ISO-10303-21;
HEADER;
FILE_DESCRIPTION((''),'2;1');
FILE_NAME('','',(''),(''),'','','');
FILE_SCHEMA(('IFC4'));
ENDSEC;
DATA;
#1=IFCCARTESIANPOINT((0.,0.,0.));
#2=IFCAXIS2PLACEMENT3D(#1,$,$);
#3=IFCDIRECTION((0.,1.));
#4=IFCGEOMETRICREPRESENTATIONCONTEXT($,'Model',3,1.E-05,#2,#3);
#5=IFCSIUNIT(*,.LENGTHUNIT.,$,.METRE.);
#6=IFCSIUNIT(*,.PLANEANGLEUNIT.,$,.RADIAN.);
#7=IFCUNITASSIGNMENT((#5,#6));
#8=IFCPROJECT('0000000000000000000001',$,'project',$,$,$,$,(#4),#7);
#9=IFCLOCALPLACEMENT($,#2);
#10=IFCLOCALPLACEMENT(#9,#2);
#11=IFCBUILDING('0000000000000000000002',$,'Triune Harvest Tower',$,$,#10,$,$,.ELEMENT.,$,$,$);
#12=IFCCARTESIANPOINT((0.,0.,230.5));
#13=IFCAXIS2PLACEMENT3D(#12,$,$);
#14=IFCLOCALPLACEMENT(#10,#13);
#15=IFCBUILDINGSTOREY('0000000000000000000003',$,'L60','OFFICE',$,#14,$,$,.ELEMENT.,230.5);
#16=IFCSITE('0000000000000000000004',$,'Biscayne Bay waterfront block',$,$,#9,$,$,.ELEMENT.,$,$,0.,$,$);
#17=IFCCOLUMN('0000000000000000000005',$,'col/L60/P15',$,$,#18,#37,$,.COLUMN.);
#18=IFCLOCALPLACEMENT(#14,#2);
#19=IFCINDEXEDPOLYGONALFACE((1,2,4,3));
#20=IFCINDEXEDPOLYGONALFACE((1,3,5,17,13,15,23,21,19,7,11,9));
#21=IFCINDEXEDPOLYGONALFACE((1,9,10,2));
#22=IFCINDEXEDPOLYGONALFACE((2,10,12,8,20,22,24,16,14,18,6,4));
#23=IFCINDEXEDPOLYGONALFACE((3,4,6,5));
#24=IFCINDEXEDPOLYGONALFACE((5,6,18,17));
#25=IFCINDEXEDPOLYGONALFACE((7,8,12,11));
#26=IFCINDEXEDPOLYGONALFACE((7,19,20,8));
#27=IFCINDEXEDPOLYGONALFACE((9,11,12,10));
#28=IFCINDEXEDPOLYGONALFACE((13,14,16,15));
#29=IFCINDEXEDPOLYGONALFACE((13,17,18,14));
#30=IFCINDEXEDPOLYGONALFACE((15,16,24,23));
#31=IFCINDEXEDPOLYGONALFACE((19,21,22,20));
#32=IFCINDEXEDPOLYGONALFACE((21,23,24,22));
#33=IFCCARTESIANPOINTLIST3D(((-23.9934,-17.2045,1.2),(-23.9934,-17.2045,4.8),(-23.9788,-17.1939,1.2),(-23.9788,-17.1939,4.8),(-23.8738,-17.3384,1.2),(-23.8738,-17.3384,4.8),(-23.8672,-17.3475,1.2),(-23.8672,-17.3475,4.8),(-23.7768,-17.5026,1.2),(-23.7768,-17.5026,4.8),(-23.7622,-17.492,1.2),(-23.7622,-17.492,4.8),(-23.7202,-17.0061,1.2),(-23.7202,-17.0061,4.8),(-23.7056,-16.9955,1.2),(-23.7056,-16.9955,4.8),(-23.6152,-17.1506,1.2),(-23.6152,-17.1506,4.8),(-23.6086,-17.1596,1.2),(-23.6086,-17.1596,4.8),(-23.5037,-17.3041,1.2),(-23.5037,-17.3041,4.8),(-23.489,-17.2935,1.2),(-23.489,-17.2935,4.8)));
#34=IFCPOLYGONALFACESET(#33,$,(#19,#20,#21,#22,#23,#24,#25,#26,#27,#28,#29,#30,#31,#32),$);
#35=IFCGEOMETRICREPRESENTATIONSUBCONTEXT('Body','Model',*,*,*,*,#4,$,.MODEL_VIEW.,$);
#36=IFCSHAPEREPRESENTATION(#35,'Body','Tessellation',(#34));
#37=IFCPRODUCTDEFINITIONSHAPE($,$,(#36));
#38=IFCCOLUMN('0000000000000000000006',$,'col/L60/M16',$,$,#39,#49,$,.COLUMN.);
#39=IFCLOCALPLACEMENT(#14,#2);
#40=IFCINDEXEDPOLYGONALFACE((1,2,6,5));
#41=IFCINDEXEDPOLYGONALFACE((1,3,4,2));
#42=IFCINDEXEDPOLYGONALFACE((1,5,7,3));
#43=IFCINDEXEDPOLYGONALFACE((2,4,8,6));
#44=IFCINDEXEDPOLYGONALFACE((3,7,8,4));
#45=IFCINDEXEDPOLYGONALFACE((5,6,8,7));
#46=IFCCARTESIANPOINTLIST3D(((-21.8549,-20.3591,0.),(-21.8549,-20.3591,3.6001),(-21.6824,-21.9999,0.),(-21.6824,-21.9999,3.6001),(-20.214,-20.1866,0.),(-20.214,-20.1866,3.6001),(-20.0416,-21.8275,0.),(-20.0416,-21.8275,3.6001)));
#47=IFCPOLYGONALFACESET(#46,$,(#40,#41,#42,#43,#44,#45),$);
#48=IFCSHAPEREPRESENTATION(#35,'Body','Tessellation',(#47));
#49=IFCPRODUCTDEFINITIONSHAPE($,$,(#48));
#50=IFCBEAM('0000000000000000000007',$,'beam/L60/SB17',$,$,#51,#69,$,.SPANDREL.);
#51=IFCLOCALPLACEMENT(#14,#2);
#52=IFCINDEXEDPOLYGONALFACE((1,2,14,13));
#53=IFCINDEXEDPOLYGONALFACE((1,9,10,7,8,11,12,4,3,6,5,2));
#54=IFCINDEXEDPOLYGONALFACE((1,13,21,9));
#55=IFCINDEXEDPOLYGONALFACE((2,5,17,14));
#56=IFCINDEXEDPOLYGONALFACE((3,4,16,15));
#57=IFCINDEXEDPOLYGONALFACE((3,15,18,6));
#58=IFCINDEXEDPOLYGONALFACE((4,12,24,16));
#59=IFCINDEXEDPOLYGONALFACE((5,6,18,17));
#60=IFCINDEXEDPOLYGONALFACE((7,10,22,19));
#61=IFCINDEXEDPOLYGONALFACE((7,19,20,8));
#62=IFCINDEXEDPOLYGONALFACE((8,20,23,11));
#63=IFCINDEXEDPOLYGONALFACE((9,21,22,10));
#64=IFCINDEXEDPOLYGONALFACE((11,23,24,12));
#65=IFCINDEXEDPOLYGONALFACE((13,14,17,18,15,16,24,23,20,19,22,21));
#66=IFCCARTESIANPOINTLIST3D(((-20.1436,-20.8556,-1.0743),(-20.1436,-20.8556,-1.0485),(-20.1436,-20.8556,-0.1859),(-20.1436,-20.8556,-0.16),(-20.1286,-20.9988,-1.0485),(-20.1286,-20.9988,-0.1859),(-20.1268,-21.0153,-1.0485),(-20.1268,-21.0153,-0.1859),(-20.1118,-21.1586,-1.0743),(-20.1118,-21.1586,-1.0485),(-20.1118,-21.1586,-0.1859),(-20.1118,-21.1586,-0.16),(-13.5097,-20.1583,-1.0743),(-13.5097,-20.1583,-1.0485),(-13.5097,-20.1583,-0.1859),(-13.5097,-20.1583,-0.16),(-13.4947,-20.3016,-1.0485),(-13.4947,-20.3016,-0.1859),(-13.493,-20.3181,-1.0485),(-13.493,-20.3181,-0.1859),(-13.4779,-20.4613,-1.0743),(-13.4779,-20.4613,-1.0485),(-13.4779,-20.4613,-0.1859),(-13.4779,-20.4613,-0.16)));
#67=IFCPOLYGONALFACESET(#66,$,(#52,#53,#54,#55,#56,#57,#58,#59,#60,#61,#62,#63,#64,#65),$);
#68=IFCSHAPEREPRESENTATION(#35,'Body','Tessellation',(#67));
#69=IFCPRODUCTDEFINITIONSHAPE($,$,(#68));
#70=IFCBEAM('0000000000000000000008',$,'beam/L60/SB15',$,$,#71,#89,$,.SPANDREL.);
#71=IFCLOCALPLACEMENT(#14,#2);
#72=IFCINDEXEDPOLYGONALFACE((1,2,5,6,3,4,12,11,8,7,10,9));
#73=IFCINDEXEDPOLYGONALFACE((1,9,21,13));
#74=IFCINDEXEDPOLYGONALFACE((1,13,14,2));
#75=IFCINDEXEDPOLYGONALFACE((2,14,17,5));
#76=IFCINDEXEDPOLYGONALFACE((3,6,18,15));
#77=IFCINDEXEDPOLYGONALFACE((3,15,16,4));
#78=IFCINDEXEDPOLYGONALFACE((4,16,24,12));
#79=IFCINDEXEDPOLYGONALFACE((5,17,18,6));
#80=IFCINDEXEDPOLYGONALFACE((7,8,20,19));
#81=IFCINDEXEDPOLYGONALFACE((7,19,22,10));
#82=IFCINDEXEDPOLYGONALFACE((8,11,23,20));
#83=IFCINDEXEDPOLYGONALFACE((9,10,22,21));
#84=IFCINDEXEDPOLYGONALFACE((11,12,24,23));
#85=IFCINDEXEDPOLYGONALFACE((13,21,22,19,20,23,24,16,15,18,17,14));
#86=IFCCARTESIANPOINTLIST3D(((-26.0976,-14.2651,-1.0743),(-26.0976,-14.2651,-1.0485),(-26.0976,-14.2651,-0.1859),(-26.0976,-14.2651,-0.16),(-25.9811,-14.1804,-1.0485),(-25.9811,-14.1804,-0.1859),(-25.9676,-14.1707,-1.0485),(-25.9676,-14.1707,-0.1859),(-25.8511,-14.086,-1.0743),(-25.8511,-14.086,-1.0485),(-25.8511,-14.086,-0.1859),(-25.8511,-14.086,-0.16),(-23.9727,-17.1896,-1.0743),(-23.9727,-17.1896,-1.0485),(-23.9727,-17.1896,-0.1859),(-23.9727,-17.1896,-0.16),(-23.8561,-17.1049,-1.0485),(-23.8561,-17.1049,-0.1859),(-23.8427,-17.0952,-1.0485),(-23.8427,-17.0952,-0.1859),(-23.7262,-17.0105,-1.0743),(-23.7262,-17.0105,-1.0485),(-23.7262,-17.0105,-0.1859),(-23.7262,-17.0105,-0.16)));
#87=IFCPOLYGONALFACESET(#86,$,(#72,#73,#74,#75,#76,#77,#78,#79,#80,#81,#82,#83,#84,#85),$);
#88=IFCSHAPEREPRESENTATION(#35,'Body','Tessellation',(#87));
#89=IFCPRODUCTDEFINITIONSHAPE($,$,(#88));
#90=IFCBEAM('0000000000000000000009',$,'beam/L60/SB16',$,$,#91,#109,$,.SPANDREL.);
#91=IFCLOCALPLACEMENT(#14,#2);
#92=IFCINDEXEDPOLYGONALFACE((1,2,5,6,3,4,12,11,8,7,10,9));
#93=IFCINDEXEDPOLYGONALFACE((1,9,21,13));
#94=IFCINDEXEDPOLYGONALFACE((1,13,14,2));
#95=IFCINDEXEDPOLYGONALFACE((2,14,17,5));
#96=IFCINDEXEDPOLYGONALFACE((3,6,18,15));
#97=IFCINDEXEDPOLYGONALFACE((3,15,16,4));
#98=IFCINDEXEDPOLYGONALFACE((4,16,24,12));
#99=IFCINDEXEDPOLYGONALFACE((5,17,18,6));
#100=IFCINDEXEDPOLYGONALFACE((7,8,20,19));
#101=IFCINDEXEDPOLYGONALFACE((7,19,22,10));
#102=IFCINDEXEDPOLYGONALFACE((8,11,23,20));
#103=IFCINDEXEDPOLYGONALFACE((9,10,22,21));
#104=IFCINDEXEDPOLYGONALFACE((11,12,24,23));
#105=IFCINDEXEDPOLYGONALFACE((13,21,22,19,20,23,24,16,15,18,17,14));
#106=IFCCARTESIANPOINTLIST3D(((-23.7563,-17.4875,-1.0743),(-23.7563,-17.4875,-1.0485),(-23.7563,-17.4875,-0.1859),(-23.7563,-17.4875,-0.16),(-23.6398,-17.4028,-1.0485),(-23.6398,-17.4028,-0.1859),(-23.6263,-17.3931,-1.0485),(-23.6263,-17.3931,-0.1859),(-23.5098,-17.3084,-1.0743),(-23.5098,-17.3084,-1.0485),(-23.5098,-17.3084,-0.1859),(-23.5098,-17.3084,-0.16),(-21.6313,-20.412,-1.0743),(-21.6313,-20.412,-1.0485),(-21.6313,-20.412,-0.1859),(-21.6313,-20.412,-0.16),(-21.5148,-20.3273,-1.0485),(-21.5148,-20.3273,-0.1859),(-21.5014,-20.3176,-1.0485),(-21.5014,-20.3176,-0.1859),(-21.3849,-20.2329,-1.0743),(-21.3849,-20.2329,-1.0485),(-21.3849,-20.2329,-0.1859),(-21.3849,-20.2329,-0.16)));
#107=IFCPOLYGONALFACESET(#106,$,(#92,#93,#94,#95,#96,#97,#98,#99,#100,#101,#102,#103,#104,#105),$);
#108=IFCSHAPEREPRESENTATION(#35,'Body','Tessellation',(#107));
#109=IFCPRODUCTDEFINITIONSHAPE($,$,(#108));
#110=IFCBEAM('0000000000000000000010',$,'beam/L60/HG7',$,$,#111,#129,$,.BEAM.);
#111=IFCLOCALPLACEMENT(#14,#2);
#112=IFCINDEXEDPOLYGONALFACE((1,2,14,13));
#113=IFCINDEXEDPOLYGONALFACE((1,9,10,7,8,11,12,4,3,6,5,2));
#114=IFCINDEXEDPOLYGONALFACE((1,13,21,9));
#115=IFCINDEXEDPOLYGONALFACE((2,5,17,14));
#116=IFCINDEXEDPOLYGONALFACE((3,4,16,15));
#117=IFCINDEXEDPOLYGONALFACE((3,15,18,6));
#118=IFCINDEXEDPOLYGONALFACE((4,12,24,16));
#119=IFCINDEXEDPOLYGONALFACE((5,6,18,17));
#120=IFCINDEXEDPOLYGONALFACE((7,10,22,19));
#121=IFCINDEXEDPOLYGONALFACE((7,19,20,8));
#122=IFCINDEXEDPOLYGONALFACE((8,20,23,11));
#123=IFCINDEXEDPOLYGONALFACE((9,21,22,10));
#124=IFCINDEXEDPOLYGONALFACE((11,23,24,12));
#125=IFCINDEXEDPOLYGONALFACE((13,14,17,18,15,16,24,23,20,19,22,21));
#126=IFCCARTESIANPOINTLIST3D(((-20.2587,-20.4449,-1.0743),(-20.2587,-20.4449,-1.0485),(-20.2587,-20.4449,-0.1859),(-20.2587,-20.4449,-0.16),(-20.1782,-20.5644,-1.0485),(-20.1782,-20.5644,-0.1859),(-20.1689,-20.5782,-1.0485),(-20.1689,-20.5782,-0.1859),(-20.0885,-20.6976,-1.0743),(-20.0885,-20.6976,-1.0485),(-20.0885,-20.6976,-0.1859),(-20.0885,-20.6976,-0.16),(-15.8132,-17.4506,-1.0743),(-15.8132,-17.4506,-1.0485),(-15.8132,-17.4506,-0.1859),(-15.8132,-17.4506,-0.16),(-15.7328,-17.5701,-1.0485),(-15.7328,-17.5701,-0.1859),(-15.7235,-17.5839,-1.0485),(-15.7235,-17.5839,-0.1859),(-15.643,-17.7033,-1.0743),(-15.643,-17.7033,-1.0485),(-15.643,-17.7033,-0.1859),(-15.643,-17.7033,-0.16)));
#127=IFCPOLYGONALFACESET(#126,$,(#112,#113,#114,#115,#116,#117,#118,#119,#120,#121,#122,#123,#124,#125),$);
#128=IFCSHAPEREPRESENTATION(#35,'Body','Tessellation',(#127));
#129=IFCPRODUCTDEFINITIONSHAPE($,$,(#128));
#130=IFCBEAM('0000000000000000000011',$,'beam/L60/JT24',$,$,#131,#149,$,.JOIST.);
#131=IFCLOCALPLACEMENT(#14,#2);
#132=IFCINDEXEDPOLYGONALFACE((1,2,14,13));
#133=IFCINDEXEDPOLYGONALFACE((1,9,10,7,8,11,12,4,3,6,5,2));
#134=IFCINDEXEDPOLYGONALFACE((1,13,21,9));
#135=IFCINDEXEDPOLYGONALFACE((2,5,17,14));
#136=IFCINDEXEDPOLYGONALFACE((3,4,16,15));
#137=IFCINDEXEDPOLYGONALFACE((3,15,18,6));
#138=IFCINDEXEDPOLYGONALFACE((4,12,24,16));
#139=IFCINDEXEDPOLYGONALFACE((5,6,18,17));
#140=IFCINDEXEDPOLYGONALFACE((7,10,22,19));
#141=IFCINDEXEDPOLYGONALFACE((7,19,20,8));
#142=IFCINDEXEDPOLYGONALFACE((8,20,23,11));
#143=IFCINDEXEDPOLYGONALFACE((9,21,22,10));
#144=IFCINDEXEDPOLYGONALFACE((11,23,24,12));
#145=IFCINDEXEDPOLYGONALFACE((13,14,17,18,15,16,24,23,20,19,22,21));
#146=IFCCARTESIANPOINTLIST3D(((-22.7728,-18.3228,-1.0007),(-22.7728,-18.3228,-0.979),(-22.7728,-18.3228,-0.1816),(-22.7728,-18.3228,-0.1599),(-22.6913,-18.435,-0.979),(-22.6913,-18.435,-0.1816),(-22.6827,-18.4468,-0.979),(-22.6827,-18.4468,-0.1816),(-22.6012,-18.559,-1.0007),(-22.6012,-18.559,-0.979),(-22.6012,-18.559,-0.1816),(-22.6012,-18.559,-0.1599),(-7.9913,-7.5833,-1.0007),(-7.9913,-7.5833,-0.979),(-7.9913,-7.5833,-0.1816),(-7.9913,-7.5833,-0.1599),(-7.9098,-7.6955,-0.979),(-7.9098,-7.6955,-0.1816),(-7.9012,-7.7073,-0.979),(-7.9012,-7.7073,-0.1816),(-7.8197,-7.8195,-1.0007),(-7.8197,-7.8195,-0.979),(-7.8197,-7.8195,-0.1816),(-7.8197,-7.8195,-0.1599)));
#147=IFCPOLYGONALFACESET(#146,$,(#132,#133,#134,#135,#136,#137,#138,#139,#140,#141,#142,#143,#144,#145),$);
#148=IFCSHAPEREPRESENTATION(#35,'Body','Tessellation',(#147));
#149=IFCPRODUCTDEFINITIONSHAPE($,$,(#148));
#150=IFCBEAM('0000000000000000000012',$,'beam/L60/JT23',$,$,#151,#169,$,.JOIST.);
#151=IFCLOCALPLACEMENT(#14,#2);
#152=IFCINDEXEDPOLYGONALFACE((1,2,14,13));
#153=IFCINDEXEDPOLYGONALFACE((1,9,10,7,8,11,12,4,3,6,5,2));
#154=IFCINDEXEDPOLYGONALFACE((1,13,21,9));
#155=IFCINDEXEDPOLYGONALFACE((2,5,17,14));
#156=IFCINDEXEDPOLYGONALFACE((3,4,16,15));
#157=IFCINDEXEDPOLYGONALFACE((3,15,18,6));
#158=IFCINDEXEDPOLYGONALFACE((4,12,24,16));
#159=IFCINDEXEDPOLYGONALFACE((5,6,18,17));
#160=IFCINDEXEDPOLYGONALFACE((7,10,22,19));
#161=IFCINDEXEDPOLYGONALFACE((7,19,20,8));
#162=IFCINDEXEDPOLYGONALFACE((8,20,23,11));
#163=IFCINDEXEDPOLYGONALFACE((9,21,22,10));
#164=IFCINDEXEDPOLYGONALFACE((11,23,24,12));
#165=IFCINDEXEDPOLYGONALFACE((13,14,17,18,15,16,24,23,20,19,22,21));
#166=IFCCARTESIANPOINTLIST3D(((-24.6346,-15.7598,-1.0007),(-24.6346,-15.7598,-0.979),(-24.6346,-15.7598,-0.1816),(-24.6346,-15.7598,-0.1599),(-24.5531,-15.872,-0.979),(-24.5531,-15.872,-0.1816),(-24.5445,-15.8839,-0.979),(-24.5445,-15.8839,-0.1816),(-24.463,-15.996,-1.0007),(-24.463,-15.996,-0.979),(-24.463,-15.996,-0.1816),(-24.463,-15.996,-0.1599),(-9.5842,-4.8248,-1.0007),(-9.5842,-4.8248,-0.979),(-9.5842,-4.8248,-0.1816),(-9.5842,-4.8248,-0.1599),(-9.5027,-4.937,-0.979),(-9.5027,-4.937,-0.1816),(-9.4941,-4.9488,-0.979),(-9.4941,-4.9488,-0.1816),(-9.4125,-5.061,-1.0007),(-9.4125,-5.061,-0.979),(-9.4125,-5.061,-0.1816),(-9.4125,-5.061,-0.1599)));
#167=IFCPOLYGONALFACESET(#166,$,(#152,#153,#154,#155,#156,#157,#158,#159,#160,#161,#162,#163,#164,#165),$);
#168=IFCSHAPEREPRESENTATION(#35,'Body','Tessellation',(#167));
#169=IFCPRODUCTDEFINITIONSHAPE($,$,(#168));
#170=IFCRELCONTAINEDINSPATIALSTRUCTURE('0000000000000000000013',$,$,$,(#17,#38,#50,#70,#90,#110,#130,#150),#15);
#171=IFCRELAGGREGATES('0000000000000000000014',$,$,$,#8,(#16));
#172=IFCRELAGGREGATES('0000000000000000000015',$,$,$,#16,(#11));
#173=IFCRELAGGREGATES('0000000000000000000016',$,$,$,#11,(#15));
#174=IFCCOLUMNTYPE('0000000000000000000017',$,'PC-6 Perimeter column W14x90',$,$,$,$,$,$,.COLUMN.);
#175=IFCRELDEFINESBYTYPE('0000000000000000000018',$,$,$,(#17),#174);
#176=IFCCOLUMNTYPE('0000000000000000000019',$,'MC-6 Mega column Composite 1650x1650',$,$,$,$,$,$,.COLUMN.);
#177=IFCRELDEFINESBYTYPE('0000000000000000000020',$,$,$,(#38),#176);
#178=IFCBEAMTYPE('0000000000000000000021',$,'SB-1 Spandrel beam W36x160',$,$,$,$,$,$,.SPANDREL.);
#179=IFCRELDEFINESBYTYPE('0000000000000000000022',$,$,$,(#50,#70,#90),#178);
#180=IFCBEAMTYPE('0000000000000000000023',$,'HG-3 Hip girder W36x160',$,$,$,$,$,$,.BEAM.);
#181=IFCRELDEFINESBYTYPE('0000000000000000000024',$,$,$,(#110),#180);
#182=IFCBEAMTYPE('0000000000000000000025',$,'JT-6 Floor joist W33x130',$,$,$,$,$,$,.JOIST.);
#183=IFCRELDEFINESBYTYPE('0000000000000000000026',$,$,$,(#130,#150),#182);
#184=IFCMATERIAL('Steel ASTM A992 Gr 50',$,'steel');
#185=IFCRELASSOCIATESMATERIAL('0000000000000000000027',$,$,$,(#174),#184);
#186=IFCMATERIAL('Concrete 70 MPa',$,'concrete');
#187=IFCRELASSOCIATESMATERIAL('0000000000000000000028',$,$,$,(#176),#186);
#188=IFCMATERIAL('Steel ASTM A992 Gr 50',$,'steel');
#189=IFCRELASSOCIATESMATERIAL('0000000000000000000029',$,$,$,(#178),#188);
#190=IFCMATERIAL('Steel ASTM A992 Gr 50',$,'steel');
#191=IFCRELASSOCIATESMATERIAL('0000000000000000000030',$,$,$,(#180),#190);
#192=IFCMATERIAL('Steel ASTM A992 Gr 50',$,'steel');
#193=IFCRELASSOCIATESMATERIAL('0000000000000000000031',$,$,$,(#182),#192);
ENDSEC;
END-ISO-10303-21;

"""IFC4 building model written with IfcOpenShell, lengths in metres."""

from ifc_helpers import new_model, si_unit, direction, frame, origin, origin_2d, place, context, subcontext, project, spatial, rectangle, i_section, extrude, source, transform, mapped, material, material_profile, profile_set, type_object, element, save


model = new_model("IFC4")

# Units and contexts
model_context = context("Model", 3, precision=1e-05, world=origin(), true_north=direction((0.0, 1.0)))
body_context = subcontext(model_context, "Body", "Model", "MODEL_VIEW")
ifc_project = project(units=[si_unit("LENGTHUNIT", "METRE"), si_unit("PLANEANGLEUNIT", "RADIAN")], contexts=[model_context])

# Site, building, storey
site_placement = place(None, origin())
site = spatial("IfcSite", under=ifc_project, at=site_placement, Name="Biscayne Bay waterfront block", CompositionType="ELEMENT", RefElevation=0.0)
building_placement = place(site_placement, origin())
building = spatial("IfcBuilding", under=site, at=building_placement, Name="Triune Harvest Tower", CompositionType="ELEMENT")
storey_placement = place(building_placement, frame((0.0, 0.0, 230.5)))
storey = spatial("IfcBuildingStorey", under=building, at=storey_placement, Name="L60", Description="OFFICE", CompositionType="ELEMENT", Elevation=230.5)

# Columns
ifc_material_1 = material(Name="Steel ASTM A992 Gr 50", Category="steel")
ifc_material_profile_1 = material_profile(ifc_material_1, i_section(OverallWidth=0.3684, OverallDepth=0.3557, WebThickness=0.0112, FlangeThickness=0.0181, at=origin_2d()), Name="W14x90")
ifc_profile_set_1 = profile_set([ifc_material_profile_1], Name="Steel ASTM A992 Gr 50")
column_type_1 = type_object("IfcColumnType", Name="PC-6 Perimeter column W14x90", PredefinedType="COLUMN", material=ifc_profile_set_1)
shared_shape_1 = source(origin(), body_context, "Body", "SweptSolid", [
    extrude(i_section(OverallWidth=0.3684, OverallDepth=0.3557, WebThickness=0.0112, FlangeThickness=0.0181, at=origin_2d()), origin(), (0.0, 0.0, 1.0), 3.6001),
])
column_1_placement = place(storey_placement, frame((-23.7412, -17.249, 1.2), z_axis=(0.0, 0.0, 1.0), x_axis=(0.587785, -0.809017, 0.0)))
element("IfcColumn", 1, at=column_1_placement, inside=storey, type_object=column_type_1, Name="col/L60/P15", PredefinedType="COLUMN", context=body_context, shape_type="MappedRepresentation", body=[
    mapped(shared_shape_1, transform((0.0, 0.0, 0.0), scale=1.0)),
])
ifc_material_2 = material(Name="Concrete 70 MPa", Category="concrete")
ifc_material_profile_2 = material_profile(ifc_material_2, rectangle(XDim=1.6499, YDim=1.6499, at=origin_2d()), Name="Composite 1650x1650")
ifc_profile_set_2 = profile_set([ifc_material_profile_2], Name="Concrete 70 MPa")
column_type_2 = type_object("IfcColumnType", Name="MC-6 Mega column Composite 1650x1650", PredefinedType="COLUMN", material=ifc_profile_set_2)
shared_shape_2 = source(origin(), body_context, "Body", "SweptSolid", [
    extrude(rectangle(XDim=1.6499, YDim=1.6499, at=origin_2d()), origin(), (0.0, 0.0, 1.0), 3.6001),
])
column_2_placement = place(storey_placement, frame((-20.9482, -21.0933, 0.0), z_axis=(0.0, 0.0, 1.0), x_axis=(0.994522, 0.10453, 0.0)))
element("IfcColumn", 2, at=column_2_placement, inside=storey, type_object=column_type_2, Name="col/L60/M16", PredefinedType="COLUMN", context=body_context, shape_type="MappedRepresentation", body=[
    mapped(shared_shape_2, transform((0.0, 0.0, 0.0), scale=1.0)),
])

# Beams
ifc_material_3 = material(Name="Steel ASTM A992 Gr 50", Category="steel")
ifc_material_profile_3 = material_profile(ifc_material_3, i_section(OverallWidth=0.3047, OverallDepth=0.9143, WebThickness=0.0166, FlangeThickness=0.0259, at=origin_2d()), Name="W36x160")
ifc_profile_set_3 = profile_set([ifc_material_profile_3], Name="Steel ASTM A992 Gr 50")
beam_type_1 = type_object("IfcBeamType", Name="SB-1 Spandrel beam W36x160", PredefinedType="SPANDREL", material=ifc_profile_set_3)
shared_shape_3 = source(origin(), body_context, "Body", "SweptSolid", [
    extrude(i_section(OverallWidth=0.3047, OverallDepth=0.9143, WebThickness=0.0166, FlangeThickness=0.0259, at=origin_2d()), origin(), (0.0, 0.0, 1.0), 6.6704),
])
beam_1_placement = place(storey_placement, frame((-20.1277, -21.0071, -0.6172), z_axis=(0.994521, 0.104532, 0.0), x_axis=(-0.104532, 0.994521, 0.0)))
element("IfcBeam", 3, at=beam_1_placement, inside=storey, type_object=beam_type_1, Name="beam/L60/SB17", PredefinedType="SPANDREL", context=body_context, shape_type="MappedRepresentation", body=[
    mapped(shared_shape_3, transform((0.0, 0.0, 0.0), scale=1.0)),
])
shared_shape_4 = source(origin(), body_context, "Body", "SweptSolid", [
    extrude(i_section(OverallWidth=0.3047, OverallDepth=0.9143, WebThickness=0.0166, FlangeThickness=0.0259, at=origin_2d()), origin(), (0.0, 0.0, 1.0), 3.615),
])
for number, where, z_axis, x_axis, name in (
    (4, (-25.9744, -14.1755, -0.6172), (0.587818, -0.808993, 0.0), (0.808993, 0.587818, 0.0), "beam/L60/SB15"),
    (5, (-23.6331, -17.3979, -0.6172), (0.587818, -0.808993, 0.0), (0.808993, 0.587818, 0.0), "beam/L60/SB16"),
):
    element("IfcBeam", number, at=place(storey_placement, frame(where, z_axis=z_axis, x_axis=x_axis)), inside=storey, type_object=beam_type_1, Name=name, PredefinedType="SPANDREL", context=body_context, shape_type="MappedRepresentation", body=[
        mapped(shared_shape_4, transform((0.0, 0.0, 0.0), scale=1.0)),
    ])
ifc_material_4 = material(Name="Steel ASTM A992 Gr 50", Category="steel")
ifc_material_profile_4 = material_profile(ifc_material_4, i_section(OverallWidth=0.3047, OverallDepth=0.9143, WebThickness=0.0166, FlangeThickness=0.0259, at=origin_2d()), Name="W36x160")
ifc_profile_set_4 = profile_set([ifc_material_profile_4], Name="Steel ASTM A992 Gr 50")
beam_type_2 = type_object("IfcBeamType", Name="HG-3 Hip girder W36x160", PredefinedType="BEAM", material=ifc_profile_set_4)
shared_shape_5 = source(origin(), body_context, "Body", "SweptSolid", [
    extrude(i_section(OverallWidth=0.3047, OverallDepth=0.9143, WebThickness=0.0166, FlangeThickness=0.0259, at=origin_2d()), origin(), (0.0, 0.0, 1.0), 5.3599),
])
beam_2_placement = place(storey_placement, frame((-20.1736, -20.5713, -0.6172), z_axis=(0.829399, 0.558657, 0.0), x_axis=(-0.558657, 0.829399, 0.0)))
element("IfcBeam", 6, at=beam_2_placement, inside=storey, type_object=beam_type_2, Name="beam/L60/HG7", PredefinedType="BEAM", context=body_context, shape_type="MappedRepresentation", body=[
    mapped(shared_shape_5, transform((0.0, 0.0, 0.0), scale=1.0)),
])
ifc_material_5 = material(Name="Steel ASTM A992 Gr 50", Category="steel")
ifc_material_profile_5 = material_profile(ifc_material_5, i_section(OverallWidth=0.292, OverallDepth=0.8408, WebThickness=0.0146, FlangeThickness=0.0217, at=origin_2d()), Name="W33x130")
ifc_profile_set_5 = profile_set([ifc_material_profile_5], Name="Steel ASTM A992 Gr 50")
beam_type_3 = type_object("IfcBeamType", Name="JT-6 Floor joist W33x130", PredefinedType="JOIST", material=ifc_profile_set_5)
shared_shape_6 = source(origin(), body_context, "Body", "SweptSolid", [
    extrude(i_section(OverallWidth=0.292, OverallDepth=0.8408, WebThickness=0.0146, FlangeThickness=0.0217, at=origin_2d()), origin(), (0.0, 0.0, 1.0), 18.271),
])
beam_3_placement = place(storey_placement, frame((-22.687, -18.4409, -0.5803), z_axis=(0.809014, 0.587789, 0.0), x_axis=(-0.587789, 0.809014, 0.0)))
element("IfcBeam", 7, at=beam_3_placement, inside=storey, type_object=beam_type_3, Name="beam/L60/JT24", PredefinedType="JOIST", context=body_context, shape_type="MappedRepresentation", body=[
    mapped(shared_shape_6, transform((0.0, 0.0, 0.0), scale=1.0)),
])
shared_shape_7 = source(origin(), body_context, "Body", "SweptSolid", [
    extrude(i_section(OverallWidth=0.292, OverallDepth=0.8408, WebThickness=0.0146, FlangeThickness=0.0217, at=origin_2d()), origin(), (0.0, 0.0, 1.0), 18.6035),
])
beam_4_placement = place(storey_placement, frame((-24.5488, -15.8779, -0.5803), z_axis=(0.809012, 0.587792, 0.0), x_axis=(-0.587792, 0.809012, 0.0)))
element("IfcBeam", 8, at=beam_4_placement, inside=storey, type_object=beam_type_3, Name="beam/L60/JT23", PredefinedType="JOIST", context=body_context, shape_type="MappedRepresentation", body=[
    mapped(shared_shape_7, transform((0.0, 0.0, 0.0), scale=1.0)),
])

save(model, "model.ifc")
